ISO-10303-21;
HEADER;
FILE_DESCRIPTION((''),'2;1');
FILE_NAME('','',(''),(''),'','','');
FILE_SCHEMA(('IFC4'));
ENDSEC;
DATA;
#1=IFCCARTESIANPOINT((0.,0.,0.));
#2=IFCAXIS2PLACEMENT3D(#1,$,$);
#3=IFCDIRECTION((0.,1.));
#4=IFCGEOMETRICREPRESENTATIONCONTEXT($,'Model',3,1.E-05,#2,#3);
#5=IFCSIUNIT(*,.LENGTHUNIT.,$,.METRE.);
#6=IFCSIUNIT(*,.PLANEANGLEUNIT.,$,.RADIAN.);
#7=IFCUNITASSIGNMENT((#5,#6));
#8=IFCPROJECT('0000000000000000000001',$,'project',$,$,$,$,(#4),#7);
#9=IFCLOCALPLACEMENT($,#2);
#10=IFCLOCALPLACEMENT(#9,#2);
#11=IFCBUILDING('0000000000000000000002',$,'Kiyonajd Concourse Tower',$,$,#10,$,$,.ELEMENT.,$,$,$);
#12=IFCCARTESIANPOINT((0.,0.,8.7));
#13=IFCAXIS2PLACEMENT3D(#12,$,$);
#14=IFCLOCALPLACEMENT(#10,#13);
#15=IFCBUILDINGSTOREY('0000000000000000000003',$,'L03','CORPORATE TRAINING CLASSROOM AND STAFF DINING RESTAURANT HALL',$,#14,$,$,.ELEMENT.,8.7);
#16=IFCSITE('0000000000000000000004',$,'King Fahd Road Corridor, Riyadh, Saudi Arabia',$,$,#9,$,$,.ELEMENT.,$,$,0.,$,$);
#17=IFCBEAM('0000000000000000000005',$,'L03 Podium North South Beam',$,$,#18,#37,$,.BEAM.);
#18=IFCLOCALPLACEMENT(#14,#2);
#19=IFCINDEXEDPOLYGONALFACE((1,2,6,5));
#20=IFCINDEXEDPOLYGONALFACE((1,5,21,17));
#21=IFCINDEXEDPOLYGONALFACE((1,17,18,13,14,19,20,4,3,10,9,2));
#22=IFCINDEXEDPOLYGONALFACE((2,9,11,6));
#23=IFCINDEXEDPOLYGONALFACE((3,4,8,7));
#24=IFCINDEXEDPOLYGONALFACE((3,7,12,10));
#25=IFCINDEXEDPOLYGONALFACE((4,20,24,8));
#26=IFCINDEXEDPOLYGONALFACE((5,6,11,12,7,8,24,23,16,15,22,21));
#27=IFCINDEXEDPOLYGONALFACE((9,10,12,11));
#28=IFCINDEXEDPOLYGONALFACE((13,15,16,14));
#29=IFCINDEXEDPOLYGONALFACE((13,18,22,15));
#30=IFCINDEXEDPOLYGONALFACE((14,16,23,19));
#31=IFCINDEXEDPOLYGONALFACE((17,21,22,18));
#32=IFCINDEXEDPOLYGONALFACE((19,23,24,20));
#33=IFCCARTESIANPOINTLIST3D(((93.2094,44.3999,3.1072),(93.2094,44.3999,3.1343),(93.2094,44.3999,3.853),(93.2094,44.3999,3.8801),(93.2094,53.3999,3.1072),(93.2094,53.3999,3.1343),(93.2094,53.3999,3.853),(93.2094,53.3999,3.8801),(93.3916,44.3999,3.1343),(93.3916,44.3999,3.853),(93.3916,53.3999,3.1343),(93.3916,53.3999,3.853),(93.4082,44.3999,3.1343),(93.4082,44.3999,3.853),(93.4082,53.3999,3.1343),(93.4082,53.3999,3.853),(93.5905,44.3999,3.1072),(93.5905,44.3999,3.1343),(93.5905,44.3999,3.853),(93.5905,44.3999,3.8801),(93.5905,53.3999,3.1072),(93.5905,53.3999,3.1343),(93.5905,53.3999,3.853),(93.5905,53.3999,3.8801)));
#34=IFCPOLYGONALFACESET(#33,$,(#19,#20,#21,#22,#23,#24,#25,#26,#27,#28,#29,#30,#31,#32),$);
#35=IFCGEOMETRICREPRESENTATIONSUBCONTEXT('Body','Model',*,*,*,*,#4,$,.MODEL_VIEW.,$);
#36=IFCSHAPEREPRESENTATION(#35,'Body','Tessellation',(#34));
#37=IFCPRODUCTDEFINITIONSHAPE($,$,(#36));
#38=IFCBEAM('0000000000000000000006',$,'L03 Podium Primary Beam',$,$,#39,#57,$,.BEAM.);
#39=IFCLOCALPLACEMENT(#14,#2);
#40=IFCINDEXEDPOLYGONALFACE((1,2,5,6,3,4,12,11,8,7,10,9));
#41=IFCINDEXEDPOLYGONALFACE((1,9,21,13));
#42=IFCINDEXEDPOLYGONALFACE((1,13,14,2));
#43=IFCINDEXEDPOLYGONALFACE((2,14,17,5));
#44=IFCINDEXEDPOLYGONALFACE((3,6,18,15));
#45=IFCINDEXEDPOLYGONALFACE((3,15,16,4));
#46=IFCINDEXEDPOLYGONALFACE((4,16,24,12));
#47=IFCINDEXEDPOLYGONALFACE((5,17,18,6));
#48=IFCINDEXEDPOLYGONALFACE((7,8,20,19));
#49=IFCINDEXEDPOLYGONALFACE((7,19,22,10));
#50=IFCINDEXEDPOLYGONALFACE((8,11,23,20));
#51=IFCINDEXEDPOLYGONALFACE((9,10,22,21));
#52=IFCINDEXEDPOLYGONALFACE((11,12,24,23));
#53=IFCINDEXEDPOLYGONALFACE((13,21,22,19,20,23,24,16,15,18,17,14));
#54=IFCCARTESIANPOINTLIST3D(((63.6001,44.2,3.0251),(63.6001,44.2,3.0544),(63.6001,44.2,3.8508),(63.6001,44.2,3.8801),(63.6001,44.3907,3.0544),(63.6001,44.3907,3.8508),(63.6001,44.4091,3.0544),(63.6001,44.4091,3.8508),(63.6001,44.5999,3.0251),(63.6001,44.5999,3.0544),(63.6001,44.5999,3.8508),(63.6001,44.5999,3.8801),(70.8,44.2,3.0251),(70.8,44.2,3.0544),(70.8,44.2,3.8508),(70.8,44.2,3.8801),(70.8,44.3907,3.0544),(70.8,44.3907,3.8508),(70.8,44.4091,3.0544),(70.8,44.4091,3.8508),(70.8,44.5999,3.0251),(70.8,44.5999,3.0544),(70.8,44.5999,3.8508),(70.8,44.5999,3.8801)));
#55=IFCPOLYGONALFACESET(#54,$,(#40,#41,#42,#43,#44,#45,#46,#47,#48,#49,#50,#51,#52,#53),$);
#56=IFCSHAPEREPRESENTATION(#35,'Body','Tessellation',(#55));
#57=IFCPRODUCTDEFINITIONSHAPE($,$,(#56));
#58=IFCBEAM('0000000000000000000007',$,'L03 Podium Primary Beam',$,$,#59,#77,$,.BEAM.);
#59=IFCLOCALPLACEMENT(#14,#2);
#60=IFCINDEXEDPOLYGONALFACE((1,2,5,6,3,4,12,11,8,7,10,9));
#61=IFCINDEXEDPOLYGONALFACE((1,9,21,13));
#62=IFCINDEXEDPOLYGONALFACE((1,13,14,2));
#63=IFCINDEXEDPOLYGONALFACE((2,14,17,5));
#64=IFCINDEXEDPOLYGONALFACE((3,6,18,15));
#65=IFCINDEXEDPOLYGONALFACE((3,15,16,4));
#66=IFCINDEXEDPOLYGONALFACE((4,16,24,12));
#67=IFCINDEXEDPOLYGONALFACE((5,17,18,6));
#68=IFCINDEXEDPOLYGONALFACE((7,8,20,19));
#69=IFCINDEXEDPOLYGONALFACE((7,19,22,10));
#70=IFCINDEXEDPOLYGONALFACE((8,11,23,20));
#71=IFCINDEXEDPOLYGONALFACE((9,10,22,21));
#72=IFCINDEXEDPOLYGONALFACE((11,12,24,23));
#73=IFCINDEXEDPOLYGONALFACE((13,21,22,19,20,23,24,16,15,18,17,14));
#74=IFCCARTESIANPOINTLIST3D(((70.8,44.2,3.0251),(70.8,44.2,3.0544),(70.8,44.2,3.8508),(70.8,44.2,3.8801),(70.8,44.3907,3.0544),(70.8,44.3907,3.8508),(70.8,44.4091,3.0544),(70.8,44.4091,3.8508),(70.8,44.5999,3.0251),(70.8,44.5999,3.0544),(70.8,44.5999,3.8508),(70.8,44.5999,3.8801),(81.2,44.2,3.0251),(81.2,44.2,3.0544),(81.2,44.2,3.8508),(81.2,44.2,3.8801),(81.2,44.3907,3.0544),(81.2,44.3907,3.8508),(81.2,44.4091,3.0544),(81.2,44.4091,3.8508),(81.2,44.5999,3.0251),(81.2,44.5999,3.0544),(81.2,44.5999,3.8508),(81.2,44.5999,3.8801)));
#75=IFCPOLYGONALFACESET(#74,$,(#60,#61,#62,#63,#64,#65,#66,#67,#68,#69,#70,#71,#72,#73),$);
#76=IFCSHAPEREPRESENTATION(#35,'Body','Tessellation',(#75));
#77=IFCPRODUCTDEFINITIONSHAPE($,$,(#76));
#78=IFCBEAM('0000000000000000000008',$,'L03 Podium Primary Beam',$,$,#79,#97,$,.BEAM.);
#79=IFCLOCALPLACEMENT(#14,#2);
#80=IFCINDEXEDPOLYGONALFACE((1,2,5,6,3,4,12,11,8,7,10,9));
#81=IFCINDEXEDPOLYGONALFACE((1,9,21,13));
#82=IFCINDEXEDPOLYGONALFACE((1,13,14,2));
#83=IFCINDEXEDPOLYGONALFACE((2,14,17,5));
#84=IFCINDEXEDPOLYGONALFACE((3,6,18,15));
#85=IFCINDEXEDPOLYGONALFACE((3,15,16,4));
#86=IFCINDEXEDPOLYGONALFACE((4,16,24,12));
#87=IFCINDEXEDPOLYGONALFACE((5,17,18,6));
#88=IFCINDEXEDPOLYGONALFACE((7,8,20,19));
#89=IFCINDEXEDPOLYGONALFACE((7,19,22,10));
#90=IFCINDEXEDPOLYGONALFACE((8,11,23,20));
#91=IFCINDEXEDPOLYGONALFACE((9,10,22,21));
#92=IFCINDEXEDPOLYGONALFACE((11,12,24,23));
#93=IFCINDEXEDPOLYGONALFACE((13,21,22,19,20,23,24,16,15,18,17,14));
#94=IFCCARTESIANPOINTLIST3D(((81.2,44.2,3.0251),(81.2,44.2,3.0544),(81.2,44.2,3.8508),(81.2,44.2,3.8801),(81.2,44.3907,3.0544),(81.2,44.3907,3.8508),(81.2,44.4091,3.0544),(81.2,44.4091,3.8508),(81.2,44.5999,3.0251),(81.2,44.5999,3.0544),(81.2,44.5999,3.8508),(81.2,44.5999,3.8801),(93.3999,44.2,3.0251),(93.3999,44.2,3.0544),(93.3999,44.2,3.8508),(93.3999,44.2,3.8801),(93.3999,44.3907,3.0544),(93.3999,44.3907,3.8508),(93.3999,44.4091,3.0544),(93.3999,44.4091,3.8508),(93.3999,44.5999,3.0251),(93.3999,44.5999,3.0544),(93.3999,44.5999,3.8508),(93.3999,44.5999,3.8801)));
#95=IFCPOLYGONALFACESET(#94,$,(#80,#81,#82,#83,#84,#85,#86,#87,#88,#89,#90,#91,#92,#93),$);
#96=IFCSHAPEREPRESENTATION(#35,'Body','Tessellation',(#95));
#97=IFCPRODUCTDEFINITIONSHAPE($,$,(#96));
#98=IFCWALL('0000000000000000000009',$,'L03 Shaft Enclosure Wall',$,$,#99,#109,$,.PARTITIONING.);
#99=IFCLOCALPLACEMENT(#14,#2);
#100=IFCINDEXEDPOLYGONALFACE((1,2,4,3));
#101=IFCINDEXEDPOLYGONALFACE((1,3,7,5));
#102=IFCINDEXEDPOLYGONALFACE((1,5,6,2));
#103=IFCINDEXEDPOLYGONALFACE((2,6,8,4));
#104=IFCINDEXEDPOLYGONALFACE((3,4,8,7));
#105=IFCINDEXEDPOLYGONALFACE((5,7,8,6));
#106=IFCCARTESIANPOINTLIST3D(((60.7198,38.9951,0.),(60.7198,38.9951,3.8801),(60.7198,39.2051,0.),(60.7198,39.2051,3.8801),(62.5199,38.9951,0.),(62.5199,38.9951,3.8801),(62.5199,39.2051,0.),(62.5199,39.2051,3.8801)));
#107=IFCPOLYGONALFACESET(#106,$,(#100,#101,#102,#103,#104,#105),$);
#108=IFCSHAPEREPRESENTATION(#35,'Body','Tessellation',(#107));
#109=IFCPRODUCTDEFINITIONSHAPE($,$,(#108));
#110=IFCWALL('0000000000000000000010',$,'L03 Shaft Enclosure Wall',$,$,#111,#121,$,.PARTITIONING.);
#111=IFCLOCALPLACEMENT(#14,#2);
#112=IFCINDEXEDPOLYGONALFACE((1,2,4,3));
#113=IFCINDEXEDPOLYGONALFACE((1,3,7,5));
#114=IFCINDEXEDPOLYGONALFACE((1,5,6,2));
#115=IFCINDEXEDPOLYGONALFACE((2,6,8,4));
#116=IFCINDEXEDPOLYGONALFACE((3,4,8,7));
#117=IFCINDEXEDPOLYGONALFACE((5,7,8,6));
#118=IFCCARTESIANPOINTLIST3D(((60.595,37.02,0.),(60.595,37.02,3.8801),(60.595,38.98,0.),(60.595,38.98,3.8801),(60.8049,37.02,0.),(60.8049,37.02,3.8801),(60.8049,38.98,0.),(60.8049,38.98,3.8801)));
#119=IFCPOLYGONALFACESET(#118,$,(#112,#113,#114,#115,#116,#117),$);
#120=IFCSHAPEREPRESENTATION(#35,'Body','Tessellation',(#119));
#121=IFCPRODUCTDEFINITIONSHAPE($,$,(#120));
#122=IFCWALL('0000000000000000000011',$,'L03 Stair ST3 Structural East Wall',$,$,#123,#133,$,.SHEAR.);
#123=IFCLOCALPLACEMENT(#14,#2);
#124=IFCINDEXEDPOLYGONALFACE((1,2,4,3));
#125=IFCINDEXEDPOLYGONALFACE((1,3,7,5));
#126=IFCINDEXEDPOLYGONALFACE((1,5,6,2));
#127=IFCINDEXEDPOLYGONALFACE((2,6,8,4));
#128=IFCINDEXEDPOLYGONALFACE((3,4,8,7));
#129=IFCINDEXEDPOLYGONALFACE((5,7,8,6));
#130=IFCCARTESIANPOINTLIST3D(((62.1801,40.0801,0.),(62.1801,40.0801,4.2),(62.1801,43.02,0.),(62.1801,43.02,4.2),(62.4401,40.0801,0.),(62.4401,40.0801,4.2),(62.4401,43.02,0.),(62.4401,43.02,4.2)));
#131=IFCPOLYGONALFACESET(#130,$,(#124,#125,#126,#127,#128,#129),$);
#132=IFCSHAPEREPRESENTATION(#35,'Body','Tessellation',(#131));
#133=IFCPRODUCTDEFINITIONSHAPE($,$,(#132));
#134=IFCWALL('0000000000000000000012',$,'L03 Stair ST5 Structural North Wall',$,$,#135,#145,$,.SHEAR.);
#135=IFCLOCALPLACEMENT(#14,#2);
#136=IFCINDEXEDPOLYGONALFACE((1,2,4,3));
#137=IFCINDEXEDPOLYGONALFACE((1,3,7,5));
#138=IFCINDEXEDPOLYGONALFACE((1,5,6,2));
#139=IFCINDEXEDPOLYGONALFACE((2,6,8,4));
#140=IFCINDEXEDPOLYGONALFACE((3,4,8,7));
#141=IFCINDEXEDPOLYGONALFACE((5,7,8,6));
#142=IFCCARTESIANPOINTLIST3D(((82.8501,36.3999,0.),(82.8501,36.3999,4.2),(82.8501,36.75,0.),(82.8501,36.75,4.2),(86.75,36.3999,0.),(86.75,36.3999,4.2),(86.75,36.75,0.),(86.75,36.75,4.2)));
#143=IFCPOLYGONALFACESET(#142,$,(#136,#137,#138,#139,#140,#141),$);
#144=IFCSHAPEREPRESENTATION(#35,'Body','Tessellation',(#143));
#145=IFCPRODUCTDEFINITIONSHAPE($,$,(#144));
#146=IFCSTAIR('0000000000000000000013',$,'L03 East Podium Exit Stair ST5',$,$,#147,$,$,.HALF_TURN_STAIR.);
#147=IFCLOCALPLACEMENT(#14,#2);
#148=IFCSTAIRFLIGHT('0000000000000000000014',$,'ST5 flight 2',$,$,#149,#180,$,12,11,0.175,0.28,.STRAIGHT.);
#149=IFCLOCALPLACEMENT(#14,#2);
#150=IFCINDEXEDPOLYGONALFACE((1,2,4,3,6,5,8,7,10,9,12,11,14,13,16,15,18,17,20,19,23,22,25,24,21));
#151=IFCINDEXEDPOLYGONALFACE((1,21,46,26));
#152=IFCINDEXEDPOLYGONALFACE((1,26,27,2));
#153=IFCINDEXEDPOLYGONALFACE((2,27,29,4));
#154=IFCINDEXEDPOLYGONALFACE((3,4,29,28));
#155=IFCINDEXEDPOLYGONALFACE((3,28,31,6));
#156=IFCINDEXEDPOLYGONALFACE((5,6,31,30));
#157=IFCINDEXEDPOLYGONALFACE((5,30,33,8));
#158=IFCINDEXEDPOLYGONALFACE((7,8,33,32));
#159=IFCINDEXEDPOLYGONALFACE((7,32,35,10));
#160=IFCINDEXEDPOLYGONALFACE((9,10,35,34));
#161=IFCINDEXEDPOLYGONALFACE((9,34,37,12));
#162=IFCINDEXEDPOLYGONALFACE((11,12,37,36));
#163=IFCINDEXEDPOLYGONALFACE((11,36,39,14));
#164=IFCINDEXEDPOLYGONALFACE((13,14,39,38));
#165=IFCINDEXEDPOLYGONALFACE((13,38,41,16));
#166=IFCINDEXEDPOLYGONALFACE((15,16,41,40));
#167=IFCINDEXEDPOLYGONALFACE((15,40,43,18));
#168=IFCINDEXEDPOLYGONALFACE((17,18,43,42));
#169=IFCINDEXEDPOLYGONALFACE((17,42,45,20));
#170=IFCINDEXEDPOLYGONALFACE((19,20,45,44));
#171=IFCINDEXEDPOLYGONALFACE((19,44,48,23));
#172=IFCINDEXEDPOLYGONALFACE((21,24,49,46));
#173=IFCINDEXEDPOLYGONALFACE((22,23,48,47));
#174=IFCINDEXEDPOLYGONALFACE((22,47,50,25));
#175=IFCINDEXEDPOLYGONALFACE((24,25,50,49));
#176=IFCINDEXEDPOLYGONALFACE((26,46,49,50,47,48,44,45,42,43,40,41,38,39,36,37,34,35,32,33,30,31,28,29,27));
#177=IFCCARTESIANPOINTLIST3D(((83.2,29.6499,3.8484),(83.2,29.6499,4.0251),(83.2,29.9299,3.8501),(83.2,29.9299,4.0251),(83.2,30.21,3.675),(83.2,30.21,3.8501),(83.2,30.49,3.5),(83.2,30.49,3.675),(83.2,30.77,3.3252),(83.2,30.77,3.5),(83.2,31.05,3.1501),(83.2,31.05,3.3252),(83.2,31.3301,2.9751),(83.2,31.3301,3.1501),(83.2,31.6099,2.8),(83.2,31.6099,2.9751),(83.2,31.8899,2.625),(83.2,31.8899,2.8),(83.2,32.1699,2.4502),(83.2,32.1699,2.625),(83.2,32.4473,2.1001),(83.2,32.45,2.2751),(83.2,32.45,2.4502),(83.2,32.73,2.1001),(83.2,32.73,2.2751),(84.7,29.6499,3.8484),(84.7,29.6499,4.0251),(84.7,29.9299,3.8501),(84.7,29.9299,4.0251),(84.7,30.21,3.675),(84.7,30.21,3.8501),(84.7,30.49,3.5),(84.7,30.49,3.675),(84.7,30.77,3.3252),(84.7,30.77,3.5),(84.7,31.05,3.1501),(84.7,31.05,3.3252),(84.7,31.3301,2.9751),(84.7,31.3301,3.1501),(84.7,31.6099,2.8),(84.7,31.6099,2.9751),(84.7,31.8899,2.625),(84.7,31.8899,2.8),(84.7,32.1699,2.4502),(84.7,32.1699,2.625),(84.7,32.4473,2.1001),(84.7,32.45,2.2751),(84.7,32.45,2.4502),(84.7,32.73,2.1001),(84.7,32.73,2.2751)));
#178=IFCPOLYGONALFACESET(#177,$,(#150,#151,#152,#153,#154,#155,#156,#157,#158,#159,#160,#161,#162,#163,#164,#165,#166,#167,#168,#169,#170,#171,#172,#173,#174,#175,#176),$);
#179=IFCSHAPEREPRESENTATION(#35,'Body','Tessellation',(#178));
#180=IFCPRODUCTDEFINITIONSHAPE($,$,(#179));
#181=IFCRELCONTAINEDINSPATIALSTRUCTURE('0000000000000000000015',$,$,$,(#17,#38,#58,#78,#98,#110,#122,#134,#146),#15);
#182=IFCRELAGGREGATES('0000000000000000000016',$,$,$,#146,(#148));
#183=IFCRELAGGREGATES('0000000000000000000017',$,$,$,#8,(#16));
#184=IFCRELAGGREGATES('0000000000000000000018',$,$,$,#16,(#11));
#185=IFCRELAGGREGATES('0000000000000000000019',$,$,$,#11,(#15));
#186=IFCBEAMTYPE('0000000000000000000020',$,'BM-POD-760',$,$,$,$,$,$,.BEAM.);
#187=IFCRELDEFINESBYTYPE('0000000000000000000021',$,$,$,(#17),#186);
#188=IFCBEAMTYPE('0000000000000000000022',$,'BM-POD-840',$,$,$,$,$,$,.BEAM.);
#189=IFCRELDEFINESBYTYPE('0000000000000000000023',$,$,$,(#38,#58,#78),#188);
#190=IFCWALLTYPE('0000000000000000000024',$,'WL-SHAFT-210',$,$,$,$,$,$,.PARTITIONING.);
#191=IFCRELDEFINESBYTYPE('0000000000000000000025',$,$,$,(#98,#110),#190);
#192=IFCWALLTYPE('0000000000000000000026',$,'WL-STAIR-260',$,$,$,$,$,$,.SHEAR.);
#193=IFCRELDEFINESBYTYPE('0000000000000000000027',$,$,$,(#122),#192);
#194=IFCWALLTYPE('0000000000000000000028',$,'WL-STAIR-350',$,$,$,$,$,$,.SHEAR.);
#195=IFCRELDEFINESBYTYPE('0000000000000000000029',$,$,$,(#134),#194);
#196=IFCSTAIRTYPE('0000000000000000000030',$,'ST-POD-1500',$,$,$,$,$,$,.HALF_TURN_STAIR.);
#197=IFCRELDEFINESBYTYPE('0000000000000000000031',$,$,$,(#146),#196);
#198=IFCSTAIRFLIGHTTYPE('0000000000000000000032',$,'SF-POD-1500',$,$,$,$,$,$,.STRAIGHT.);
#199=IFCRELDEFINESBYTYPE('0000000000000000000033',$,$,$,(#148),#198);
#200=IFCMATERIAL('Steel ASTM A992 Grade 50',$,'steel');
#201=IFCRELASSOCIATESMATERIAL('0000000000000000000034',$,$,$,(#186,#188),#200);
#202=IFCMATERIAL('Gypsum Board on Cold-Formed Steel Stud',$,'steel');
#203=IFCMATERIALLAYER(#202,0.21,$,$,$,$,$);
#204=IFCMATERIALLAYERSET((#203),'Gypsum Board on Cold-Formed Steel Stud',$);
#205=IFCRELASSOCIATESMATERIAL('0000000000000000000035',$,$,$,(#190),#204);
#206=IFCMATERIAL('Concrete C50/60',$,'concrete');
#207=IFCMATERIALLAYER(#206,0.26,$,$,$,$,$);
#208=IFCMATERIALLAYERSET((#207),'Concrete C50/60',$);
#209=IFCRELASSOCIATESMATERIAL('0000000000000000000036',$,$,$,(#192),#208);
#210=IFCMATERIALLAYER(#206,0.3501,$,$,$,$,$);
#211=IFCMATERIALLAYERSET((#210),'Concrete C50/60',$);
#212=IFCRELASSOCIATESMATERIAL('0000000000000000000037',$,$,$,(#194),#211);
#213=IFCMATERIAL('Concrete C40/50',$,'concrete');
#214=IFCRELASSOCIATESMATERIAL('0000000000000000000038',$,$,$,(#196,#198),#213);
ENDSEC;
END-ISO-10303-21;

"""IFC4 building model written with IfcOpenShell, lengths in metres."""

from ifc_helpers import new_model, si_unit, direction, frame, frame_2d, origin, origin_2d, place, context, subcontext, project, spatial, polyline, rectangle, i_section, outline, extrude, material, layer, layer_set, material_profile, profile_set, type_object, element, aggregate, save


model = new_model("IFC4")

# Units and contexts
model_context = context("Model", 3, precision=1e-05, world=origin(), true_north=direction((0.0, 1.0)))
body_context = subcontext(model_context, "Body", "Model", "MODEL_VIEW")
ifc_project = project(units=[si_unit("LENGTHUNIT", "METRE"), si_unit("PLANEANGLEUNIT", "RADIAN")], contexts=[model_context])

# Site, building, storey
site_placement = place(None, origin())
site = spatial("IfcSite", under=ifc_project, at=site_placement, Name="King Fahd Road Corridor, Riyadh, Saudi Arabia", CompositionType="ELEMENT", RefElevation=0.0)
building_placement = place(site_placement, origin())
building = spatial("IfcBuilding", under=site, at=building_placement, Name="Kiyonajd Concourse Tower", CompositionType="ELEMENT")
storey_placement = place(building_placement, frame((0.0, 0.0, 8.7)))
storey = spatial("IfcBuildingStorey", under=building, at=storey_placement, Name="L03", Description="CORPORATE TRAINING CLASSROOM AND STAFF DINING RESTAURANT HALL", CompositionType="ELEMENT", Elevation=8.7)

# Beams
ifc_material_1 = material(Name="Steel ASTM A992 Grade 50", Category="steel")
ifc_material_profile_1 = material_profile(ifc_material_1, i_section(OverallWidth=0.3811, OverallDepth=0.7729, WebThickness=0.0166, FlangeThickness=0.0271, at=origin_2d()), Name="W760X257")
ifc_profile_set_1 = profile_set([ifc_material_profile_1], Name="Steel ASTM A992 Grade 50")
beam_type_1 = type_object("IfcBeamType", Name="BM-POD-760", PredefinedType="BEAM", material=ifc_profile_set_1)
for number, where, z_axis, x_axis, name in (
    (1, (93.3999, 44.3999, 3.4937), (0.0, 1.0, 0.0), (-1.0, 0.0, 0.0), "L03 Podium North South Beam"),
):
    element("IfcBeam", number, at=place(storey_placement, frame(where, z_axis=z_axis, x_axis=x_axis)), inside=storey, type_object=beam_type_1, Name=name, PredefinedType="BEAM", context=body_context, shape_type="SweptSolid", body=[
        extrude(i_section(OverallWidth=0.3811, OverallDepth=0.7729, WebThickness=0.0166, FlangeThickness=0.0271, at=origin_2d()), origin(), (0.0, 0.0, 1.0), 9.0),
    ])
ifc_material_profile_2 = material_profile(ifc_material_1, i_section(OverallWidth=0.3999, OverallDepth=0.855, WebThickness=0.0183, FlangeThickness=0.0293, at=origin_2d()), Name="W840X299")
ifc_profile_set_2 = profile_set([ifc_material_profile_2], Name="Steel ASTM A992 Grade 50")
beam_type_2 = type_object("IfcBeamType", Name="BM-POD-840", PredefinedType="BEAM", material=ifc_profile_set_2)
beam_1_placement = place(storey_placement, frame((63.6001, 44.3999, 3.4526), z_axis=(1.0, 0.0, 0.0), x_axis=(0.0, 1.0, 0.0)))
element("IfcBeam", 2, at=beam_1_placement, inside=storey, type_object=beam_type_2, Name="L03 Podium Primary Beam", PredefinedType="BEAM", context=body_context, shape_type="SweptSolid", body=[
    extrude(i_section(OverallWidth=0.3999, OverallDepth=0.855, WebThickness=0.0183, FlangeThickness=0.0293, at=origin_2d()), origin(), (0.0, 0.0, 1.0), 7.2),
])
beam_2_placement = place(storey_placement, frame((70.8, 44.3999, 3.4526), z_axis=(1.0, 0.0, 0.0), x_axis=(0.0, 1.0, 0.0)))
element("IfcBeam", 3, at=beam_2_placement, inside=storey, type_object=beam_type_2, Name="L03 Podium Primary Beam", PredefinedType="BEAM", context=body_context, shape_type="SweptSolid", body=[
    extrude(i_section(OverallWidth=0.3999, OverallDepth=0.855, WebThickness=0.0183, FlangeThickness=0.0293, at=origin_2d()), origin(), (0.0, 0.0, 1.0), 10.3999),
])
beam_3_placement = place(storey_placement, frame((81.2, 44.3999, 3.4526), z_axis=(1.0, 0.0, 0.0), x_axis=(0.0, 1.0, 0.0)))
element("IfcBeam", 4, at=beam_3_placement, inside=storey, type_object=beam_type_2, Name="L03 Podium Primary Beam", PredefinedType="BEAM", context=body_context, shape_type="SweptSolid", body=[
    extrude(i_section(OverallWidth=0.3999, OverallDepth=0.855, WebThickness=0.0183, FlangeThickness=0.0293, at=origin_2d()), origin(), (0.0, 0.0, 1.0), 12.2),
])

# Walls
ifc_material_2 = material(Name="Gypsum Board on Cold-Formed Steel Stud", Category="steel")
ifc_layer_1 = layer(ifc_material_2, 0.21)
ifc_layer_set_1 = layer_set([ifc_layer_1], Name="Gypsum Board on Cold-Formed Steel Stud")
wall_type_1 = type_object("IfcWallType", Name="WL-SHAFT-210", PredefinedType="PARTITIONING", material=ifc_layer_set_1)
wall_1_placement = place(storey_placement, frame((60.72, 39.1001, 0.0), z_axis=(0.0, 0.0, 1.0), x_axis=(1.0, 0.0, 0.0)))
element("IfcWall", 5, at=wall_1_placement, inside=storey, type_object=wall_type_1, Name="L03 Shaft Enclosure Wall", PredefinedType="PARTITIONING", context=body_context, shape_type="SweptSolid", body=[
    extrude(rectangle(XDim=1.8, YDim=0.21, at=frame_2d((0.8999, 0.0))), origin(), (0.0, 0.0, 1.0), 3.8801),
])
wall_2_placement = place(storey_placement, frame((60.7, 37.02, 0.0), z_axis=(0.0, 0.0, 1.0), x_axis=(0.0, 1.0, 0.0)))
element("IfcWall", 6, at=wall_2_placement, inside=storey, type_object=wall_type_1, Name="L03 Shaft Enclosure Wall", PredefinedType="PARTITIONING", context=body_context, shape_type="SweptSolid", body=[
    extrude(rectangle(XDim=1.96, YDim=0.21, at=frame_2d((0.98, 0.0))), origin(), (0.0, 0.0, 1.0), 3.8801),
])
ifc_material_3 = material(Name="Concrete C50/60", Category="concrete")
ifc_layer_2 = layer(ifc_material_3, 0.26)
ifc_layer_set_2 = layer_set([ifc_layer_2], Name="Concrete C50/60")
wall_type_2 = type_object("IfcWallType", Name="WL-STAIR-260", PredefinedType="SHEAR", material=ifc_layer_set_2)
wall_3_placement = place(storey_placement, frame((62.3101, 40.0801, 0.0), z_axis=(0.0, 0.0, 1.0), x_axis=(0.0, 1.0, 0.0)))
element("IfcWall", 7, at=wall_3_placement, inside=storey, type_object=wall_type_2, Name="L03 Stair ST3 Structural East Wall", PredefinedType="SHEAR", context=body_context, shape_type="SweptSolid", body=[
    extrude(rectangle(XDim=2.9399, YDim=0.26, at=frame_2d((1.47, 0.0))), origin(), (0.0, 0.0, 1.0), 4.2),
])
ifc_layer_3 = layer(ifc_material_3, 0.3501)
ifc_layer_set_3 = layer_set([ifc_layer_3], Name="Concrete C50/60")
wall_type_3 = type_object("IfcWallType", Name="WL-STAIR-350", PredefinedType="SHEAR", material=ifc_layer_set_3)
wall_4_placement = place(storey_placement, frame((82.8501, 36.575, 0.0), z_axis=(0.0, 0.0, 1.0), x_axis=(1.0, 0.0, 0.0)))
element("IfcWall", 8, at=wall_4_placement, inside=storey, type_object=wall_type_3, Name="L03 Stair ST5 Structural North Wall", PredefinedType="SHEAR", context=body_context, shape_type="SweptSolid", body=[
    extrude(rectangle(XDim=3.8999, YDim=0.3501, at=frame_2d((1.95, 0.0))), origin(), (0.0, 0.0, 1.0), 4.2),
])

# Stair, stair flight
ifc_material_4 = material(Name="Concrete C40/50", Category="concrete")
stair_type = type_object("IfcStairType", Name="ST-POD-1500", PredefinedType="HALF_TURN_STAIR", material=ifc_material_4)
stair_placement = place(storey_placement, origin())
stair = element("IfcStair", 9, at=stair_placement, inside=storey, type_object=stair_type, Name="L03 East Podium Exit Stair ST5", PredefinedType="HALF_TURN_STAIR")
stair_flight_type = type_object("IfcStairFlightType", Name="SF-POD-1500", PredefinedType="STRAIGHT", material=ifc_material_4)
stair_flight_placement = place(storey_placement, frame((83.95, 32.73, 2.1001), z_axis=(0.0, 0.0, 1.0), x_axis=(0.0, -1.0, 0.0)))
stair_flight = element("IfcStairFlight", 10, at=stair_flight_placement, type_object=stair_flight_type, Name="ST5 flight 2", NumberOfRisers=12, NumberOfTreads=11, PredefinedType="STRAIGHT", RiserHeight=0.175, TreadLength=0.28, context=body_context, shape_type="SweptSolid", body=[
    extrude(outline(polyline([(0.0, 0.0), (0.0, 0.175), (0.28, 0.175), (0.28, 0.3501), (0.5601, 0.3501), (0.5601, 0.5249), (0.8401, 0.5249), (0.8401, 0.7), (1.1201, 0.7), (1.1201, 0.875), (1.3999, 0.875), (1.3999, 1.05), (1.6799, 1.05), (1.6799, 1.2251), (1.96, 1.2251), (1.96, 1.3999), (2.24, 1.3999), (2.24, 1.575), (2.52, 1.575), (2.52, 1.75), (2.8, 1.75), (2.8, 1.925), (3.0801, 1.925), (3.0801, 2.1001), (3.0801, 1.7483), (0.2827, 0.0), (0.0, 0.0)])), frame((0.0, 0.75, 0.0), z_axis=(0.0, -1.0, 0.0), x_axis=(1.0, 0.0, 0.0)), (0.0, 0.0, 1.0), 1.5),
])
aggregate(stair, [stair_flight])

save(model, "model.ifc")
